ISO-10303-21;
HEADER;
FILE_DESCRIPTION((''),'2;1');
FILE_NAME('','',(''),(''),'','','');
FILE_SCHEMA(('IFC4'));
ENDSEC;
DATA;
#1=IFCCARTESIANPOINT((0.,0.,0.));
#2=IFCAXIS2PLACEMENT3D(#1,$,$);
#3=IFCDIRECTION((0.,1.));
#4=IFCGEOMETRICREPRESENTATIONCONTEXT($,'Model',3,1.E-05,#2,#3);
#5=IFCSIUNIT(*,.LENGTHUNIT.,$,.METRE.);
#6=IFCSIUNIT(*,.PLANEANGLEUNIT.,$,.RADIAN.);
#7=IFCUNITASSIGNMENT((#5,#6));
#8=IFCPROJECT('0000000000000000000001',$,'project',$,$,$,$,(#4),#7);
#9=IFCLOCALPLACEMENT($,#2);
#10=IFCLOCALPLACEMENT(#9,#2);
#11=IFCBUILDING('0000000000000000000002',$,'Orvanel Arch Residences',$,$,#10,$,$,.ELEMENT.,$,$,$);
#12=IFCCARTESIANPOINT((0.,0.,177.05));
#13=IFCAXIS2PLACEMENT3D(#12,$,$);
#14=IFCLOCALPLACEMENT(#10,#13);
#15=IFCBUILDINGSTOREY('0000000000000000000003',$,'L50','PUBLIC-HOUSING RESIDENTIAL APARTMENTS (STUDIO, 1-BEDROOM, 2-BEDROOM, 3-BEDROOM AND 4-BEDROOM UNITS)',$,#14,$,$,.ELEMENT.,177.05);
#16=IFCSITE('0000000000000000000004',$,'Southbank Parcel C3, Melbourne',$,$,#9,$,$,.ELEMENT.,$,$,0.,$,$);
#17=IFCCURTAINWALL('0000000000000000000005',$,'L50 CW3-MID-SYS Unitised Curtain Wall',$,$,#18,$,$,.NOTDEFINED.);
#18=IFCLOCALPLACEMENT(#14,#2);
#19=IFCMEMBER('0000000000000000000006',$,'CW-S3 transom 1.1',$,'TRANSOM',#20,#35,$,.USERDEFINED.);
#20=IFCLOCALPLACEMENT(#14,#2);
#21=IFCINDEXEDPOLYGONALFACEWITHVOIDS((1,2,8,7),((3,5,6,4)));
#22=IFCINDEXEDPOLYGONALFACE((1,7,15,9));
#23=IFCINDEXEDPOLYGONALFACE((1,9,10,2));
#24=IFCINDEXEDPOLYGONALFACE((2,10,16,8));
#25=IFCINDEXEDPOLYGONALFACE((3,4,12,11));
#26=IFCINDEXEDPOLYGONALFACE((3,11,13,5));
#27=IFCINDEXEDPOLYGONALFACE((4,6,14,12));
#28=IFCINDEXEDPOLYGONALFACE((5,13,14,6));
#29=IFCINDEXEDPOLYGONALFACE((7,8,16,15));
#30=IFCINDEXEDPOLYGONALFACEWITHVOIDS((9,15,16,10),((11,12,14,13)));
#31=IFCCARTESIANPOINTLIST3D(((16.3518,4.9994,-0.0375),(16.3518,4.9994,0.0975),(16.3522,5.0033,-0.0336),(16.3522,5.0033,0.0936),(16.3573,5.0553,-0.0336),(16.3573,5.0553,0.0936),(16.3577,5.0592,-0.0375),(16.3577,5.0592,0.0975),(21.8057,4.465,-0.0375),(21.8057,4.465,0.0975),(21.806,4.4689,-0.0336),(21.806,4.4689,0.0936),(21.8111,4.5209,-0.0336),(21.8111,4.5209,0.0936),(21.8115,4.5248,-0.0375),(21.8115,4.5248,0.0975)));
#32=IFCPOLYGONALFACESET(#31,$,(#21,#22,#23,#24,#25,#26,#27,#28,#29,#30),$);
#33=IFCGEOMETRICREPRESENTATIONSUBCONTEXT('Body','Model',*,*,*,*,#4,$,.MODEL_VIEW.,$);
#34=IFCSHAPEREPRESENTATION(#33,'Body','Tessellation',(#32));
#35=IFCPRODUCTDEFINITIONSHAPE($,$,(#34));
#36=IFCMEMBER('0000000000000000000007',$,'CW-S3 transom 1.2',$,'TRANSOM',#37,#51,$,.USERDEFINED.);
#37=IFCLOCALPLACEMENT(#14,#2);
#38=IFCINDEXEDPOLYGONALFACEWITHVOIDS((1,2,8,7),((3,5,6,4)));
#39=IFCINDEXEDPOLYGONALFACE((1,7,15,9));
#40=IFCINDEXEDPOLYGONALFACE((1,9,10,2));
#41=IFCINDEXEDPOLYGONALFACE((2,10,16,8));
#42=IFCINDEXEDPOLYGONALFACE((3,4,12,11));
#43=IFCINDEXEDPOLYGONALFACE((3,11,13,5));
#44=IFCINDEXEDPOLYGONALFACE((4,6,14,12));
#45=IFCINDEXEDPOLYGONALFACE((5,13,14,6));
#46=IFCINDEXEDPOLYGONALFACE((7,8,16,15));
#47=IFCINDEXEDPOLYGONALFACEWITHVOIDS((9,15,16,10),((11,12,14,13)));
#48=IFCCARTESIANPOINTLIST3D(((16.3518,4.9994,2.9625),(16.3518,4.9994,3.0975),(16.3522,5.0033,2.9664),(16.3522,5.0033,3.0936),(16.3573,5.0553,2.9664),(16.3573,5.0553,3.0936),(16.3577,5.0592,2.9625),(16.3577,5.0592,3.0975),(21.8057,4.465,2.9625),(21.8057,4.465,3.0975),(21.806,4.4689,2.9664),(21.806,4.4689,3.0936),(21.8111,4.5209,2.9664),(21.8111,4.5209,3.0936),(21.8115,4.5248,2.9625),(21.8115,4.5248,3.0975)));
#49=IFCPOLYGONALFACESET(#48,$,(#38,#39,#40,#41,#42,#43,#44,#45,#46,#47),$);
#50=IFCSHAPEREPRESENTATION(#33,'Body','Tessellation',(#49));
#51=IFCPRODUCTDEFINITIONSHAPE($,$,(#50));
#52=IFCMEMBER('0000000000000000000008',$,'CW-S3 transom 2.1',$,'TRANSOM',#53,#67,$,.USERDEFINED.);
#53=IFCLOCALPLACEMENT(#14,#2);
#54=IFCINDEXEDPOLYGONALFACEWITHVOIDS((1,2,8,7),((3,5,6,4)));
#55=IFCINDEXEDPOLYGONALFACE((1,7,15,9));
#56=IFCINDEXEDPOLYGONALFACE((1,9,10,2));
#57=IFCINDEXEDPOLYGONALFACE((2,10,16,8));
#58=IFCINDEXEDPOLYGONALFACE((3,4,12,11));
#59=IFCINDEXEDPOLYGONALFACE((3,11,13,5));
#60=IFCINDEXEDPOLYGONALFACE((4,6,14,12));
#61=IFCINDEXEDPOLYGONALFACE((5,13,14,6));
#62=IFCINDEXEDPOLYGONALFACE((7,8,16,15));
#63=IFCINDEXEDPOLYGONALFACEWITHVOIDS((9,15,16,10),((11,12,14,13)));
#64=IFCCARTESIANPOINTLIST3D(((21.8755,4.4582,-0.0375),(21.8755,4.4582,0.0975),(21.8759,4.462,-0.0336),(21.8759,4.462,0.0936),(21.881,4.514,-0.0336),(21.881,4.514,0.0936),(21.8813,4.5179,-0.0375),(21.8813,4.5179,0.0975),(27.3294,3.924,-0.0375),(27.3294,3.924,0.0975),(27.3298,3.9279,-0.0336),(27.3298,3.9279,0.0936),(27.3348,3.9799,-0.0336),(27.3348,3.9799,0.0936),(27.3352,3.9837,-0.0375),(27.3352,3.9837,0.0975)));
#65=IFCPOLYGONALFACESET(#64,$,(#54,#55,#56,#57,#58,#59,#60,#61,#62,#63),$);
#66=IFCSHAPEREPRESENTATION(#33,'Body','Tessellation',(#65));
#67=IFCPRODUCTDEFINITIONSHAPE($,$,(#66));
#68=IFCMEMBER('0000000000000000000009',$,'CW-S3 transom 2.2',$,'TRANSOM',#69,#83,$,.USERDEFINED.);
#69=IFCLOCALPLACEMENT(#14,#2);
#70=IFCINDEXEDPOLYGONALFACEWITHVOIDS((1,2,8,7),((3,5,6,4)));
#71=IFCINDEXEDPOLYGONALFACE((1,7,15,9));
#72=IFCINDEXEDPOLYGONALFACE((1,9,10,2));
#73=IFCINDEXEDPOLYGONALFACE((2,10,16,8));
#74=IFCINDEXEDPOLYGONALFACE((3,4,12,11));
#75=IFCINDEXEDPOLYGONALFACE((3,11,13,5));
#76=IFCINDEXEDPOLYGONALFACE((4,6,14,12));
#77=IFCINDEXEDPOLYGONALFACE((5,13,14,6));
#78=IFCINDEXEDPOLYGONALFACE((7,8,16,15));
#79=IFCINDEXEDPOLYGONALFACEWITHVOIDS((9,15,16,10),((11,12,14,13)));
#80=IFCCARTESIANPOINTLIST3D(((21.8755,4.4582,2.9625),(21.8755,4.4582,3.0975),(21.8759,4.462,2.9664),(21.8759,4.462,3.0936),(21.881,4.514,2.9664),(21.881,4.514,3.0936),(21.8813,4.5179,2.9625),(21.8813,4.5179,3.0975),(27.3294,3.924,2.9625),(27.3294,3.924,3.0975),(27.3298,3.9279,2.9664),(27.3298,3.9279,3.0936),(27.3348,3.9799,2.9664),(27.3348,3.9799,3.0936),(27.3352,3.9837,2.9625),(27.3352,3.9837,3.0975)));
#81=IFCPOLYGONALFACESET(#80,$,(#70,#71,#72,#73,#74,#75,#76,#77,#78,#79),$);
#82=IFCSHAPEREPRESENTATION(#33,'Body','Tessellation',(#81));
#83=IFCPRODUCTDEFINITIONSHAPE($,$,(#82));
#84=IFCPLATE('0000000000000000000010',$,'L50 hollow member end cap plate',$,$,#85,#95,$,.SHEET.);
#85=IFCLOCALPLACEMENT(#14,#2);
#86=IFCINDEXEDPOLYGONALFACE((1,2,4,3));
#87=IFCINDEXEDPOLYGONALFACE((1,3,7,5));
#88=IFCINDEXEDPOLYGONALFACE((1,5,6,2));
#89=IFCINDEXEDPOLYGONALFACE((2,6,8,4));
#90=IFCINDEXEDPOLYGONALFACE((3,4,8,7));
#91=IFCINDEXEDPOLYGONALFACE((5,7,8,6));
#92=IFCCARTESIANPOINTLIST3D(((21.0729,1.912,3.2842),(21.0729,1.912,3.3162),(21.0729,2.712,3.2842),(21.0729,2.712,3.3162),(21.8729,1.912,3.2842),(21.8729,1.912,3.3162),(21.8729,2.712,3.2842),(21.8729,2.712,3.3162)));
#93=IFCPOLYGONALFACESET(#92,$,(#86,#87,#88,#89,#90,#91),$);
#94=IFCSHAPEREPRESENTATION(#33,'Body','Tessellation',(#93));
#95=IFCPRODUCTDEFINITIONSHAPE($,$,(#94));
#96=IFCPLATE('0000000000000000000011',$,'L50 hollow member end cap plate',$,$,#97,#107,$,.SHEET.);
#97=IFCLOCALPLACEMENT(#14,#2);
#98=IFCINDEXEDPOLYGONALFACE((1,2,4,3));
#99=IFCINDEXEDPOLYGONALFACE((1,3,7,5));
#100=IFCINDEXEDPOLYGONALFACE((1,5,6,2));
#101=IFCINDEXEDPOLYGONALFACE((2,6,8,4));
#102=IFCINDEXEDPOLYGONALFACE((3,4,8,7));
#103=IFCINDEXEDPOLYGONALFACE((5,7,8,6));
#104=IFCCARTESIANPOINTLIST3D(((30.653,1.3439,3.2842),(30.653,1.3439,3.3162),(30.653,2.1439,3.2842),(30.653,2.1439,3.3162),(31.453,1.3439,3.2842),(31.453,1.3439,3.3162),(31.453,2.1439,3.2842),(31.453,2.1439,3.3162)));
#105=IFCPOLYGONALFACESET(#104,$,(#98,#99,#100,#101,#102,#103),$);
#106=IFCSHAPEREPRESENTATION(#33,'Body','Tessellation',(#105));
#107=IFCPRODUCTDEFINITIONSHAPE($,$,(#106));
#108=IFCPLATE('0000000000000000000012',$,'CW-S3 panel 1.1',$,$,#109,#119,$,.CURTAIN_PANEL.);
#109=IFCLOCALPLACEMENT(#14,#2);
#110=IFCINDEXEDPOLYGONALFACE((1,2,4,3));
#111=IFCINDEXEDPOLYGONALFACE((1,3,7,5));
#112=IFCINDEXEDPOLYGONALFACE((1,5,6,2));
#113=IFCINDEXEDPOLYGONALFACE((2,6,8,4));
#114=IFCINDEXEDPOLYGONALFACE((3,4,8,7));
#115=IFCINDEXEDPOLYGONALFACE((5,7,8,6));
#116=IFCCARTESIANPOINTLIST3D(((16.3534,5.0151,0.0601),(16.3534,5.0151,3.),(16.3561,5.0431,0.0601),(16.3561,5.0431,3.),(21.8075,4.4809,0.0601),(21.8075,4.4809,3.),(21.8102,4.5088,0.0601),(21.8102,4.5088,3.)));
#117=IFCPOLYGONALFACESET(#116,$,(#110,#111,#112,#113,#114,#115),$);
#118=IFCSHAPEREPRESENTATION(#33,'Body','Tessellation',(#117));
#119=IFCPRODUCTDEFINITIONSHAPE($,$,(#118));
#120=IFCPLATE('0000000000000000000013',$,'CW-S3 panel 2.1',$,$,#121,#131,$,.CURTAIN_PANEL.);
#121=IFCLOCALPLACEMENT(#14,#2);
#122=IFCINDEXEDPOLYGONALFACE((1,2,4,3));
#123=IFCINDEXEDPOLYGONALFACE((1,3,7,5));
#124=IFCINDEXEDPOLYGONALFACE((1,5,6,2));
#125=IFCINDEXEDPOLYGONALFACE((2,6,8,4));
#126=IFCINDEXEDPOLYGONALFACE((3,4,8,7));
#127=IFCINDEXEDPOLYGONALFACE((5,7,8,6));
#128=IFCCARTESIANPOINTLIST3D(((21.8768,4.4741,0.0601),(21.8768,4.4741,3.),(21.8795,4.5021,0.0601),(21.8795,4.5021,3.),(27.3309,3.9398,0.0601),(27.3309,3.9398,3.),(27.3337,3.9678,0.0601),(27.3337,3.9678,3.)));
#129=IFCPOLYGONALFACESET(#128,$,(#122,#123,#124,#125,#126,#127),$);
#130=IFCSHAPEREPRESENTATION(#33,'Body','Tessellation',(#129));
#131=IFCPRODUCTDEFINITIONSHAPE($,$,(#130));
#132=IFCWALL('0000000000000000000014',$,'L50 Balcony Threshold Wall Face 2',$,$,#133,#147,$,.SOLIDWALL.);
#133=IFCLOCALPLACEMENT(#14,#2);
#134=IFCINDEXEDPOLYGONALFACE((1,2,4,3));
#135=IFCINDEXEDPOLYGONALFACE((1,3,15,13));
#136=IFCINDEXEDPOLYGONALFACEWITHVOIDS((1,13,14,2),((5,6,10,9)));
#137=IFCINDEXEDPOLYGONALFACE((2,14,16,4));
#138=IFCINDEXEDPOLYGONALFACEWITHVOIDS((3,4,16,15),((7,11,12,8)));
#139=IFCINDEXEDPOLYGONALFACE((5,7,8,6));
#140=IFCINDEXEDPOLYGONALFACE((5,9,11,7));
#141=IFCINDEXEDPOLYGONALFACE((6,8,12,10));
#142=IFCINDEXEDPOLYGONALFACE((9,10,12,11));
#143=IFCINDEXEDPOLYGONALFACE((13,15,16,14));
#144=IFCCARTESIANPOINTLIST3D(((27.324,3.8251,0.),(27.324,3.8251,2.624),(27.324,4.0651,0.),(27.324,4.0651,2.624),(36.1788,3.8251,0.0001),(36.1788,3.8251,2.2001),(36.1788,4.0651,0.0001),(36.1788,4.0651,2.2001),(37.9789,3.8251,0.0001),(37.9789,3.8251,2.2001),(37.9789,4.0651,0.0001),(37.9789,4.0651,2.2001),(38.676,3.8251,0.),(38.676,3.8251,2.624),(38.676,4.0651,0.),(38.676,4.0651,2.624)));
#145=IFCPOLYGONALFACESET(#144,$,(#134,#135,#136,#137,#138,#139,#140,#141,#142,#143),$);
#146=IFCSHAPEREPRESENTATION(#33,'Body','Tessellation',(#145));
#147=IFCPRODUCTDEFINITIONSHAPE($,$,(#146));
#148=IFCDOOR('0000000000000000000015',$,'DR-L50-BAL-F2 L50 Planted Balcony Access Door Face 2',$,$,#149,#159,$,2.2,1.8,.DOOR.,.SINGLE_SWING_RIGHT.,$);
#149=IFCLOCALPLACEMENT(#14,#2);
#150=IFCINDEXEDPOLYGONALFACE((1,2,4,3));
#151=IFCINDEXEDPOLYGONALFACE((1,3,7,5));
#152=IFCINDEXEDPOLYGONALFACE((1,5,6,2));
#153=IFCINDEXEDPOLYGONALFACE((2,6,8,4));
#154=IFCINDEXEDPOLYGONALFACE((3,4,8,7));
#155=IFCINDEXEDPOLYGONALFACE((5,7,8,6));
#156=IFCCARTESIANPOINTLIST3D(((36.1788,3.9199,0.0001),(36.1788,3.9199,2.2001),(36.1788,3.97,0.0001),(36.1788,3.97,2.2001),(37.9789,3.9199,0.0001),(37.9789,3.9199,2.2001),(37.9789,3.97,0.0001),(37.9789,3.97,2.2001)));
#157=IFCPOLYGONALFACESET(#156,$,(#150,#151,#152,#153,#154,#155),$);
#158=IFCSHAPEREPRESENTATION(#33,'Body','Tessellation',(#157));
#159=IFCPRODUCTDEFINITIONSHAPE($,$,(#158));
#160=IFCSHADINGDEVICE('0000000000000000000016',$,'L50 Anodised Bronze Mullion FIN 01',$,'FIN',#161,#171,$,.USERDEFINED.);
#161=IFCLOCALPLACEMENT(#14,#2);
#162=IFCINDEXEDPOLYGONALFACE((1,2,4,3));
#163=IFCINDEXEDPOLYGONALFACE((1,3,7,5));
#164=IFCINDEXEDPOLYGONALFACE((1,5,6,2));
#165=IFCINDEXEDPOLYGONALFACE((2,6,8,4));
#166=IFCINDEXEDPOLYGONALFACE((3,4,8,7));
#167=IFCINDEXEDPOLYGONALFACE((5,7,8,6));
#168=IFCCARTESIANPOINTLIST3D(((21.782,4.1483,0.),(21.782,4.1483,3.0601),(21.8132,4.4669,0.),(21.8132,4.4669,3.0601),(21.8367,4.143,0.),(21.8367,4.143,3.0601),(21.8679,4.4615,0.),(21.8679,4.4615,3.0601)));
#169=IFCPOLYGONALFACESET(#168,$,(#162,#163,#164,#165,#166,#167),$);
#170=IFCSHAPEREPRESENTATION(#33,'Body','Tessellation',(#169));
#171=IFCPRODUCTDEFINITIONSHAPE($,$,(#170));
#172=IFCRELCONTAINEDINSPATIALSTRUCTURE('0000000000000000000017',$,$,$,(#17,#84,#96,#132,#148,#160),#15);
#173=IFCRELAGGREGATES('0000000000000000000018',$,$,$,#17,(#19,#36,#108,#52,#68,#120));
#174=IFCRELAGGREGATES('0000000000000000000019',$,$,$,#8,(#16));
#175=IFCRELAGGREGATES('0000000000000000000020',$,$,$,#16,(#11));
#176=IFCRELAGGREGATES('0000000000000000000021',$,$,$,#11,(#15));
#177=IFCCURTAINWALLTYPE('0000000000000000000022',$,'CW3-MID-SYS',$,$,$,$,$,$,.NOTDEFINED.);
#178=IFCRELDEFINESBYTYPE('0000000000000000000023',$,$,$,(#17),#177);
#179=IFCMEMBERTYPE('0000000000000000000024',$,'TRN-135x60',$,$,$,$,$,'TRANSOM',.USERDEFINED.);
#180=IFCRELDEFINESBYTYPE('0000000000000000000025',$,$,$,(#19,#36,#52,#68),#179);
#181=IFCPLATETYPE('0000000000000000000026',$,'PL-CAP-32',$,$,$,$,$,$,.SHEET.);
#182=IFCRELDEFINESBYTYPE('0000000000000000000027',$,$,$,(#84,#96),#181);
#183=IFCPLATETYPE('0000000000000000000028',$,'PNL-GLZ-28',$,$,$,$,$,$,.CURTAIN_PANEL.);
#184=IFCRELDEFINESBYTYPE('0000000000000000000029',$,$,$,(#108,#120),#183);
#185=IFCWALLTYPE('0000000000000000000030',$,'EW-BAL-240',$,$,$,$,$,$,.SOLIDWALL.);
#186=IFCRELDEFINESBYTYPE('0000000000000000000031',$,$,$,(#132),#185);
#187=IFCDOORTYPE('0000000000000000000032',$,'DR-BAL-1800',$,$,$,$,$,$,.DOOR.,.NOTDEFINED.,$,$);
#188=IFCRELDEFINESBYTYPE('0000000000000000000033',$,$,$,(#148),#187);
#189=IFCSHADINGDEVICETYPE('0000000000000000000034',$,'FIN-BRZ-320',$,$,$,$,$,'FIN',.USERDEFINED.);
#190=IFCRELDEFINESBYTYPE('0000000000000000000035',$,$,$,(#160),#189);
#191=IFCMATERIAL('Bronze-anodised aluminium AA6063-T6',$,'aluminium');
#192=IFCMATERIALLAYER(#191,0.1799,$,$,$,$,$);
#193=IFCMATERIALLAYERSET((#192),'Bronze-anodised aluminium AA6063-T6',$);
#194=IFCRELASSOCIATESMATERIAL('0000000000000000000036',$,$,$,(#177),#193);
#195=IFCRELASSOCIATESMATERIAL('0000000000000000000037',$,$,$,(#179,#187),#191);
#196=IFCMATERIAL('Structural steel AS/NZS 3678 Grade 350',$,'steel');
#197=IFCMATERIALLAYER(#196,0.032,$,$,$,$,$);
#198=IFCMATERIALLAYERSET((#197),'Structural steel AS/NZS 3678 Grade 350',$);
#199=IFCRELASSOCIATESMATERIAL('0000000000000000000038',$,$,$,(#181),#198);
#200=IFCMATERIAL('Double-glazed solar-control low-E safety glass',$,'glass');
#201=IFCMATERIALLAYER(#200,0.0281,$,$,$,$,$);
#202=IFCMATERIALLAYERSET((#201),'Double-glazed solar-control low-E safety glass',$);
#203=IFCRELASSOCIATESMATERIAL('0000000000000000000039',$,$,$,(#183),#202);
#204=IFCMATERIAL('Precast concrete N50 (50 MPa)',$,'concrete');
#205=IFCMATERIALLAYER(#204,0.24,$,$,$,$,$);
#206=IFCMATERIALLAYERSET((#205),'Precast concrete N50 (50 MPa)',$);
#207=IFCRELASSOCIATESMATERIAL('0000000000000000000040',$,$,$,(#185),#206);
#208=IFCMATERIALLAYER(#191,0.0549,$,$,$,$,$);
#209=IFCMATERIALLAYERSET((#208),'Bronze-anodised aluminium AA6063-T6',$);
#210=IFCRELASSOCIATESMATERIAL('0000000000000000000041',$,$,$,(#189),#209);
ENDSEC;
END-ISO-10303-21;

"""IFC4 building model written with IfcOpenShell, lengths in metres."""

from ifc_helpers import new_model, si_unit, direction, frame, frame_2d, origin, origin_2d, place, context, subcontext, project, spatial, rectangle, hollow_rectangle, extrude, material, layer, layer_set, material_profile, profile_set, type_object, element, fill, aggregate, save


model = new_model("IFC4")

# Units and contexts
model_context = context("Model", 3, precision=1e-05, world=origin(), true_north=direction((0.0, 1.0)))
body_context = subcontext(model_context, "Body", "Model", "MODEL_VIEW")
ifc_project = project(units=[si_unit("LENGTHUNIT", "METRE"), si_unit("PLANEANGLEUNIT", "RADIAN")], contexts=[model_context])

# Site, building, storey
site_placement = place(None, origin())
site = spatial("IfcSite", under=ifc_project, at=site_placement, Name="Southbank Parcel C3, Melbourne", CompositionType="ELEMENT", RefElevation=0.0)
building_placement = place(site_placement, origin())
building = spatial("IfcBuilding", under=site, at=building_placement, Name="Orvanel Arch Residences", CompositionType="ELEMENT")
storey_placement = place(building_placement, frame((0.0, 0.0, 177.05)))
storey = spatial("IfcBuildingStorey", under=building, at=storey_placement, Name="L50", Description="PUBLIC-HOUSING RESIDENTIAL APARTMENTS (STUDIO, 1-BEDROOM, 2-BEDROOM, 3-BEDROOM AND 4-BEDROOM UNITS)", CompositionType="ELEMENT", Elevation=177.05)

# Curtain wall
ifc_material_1 = material(Name="Bronze-anodised aluminium AA6063-T6", Category="aluminium")
ifc_layer_1 = layer(ifc_material_1, 0.1799)
ifc_layer_set_1 = layer_set([ifc_layer_1], Name="Bronze-anodised aluminium AA6063-T6")
curtain_wall_type = type_object("IfcCurtainWallType", Name="CW3-MID-SYS", PredefinedType="NOTDEFINED", material=ifc_layer_set_1)
curtain_wall_placement = place(storey_placement, origin())
curtain_wall = element("IfcCurtainWall", 1, at=curtain_wall_placement, inside=storey, type_object=curtain_wall_type, Name="L50 CW3-MID-SYS Unitised Curtain Wall", PredefinedType="NOTDEFINED")

# Members
ifc_material_profile_1 = material_profile(ifc_material_1, hollow_rectangle(XDim=0.0601, YDim=0.135, WallThickness=0.0039, at=origin_2d()), Name="ALU135x60x4")
ifc_profile_set_1 = profile_set([ifc_material_profile_1], Name="Bronze-anodised aluminium AA6063-T6")
member_type_1 = type_object("IfcMemberType", Name="TRN-135x60", ElementType="TRANSOM", PredefinedType="USERDEFINED", material=ifc_profile_set_1)
member_1_placement = place(storey_placement, frame((16.3547, 5.0293, 0.03), z_axis=(0.995233, -0.097523, 0.0), x_axis=(0.097523, 0.995233, 0.0)))
member_1 = element("IfcMember", 2, at=member_1_placement, type_object=member_type_1, Name="CW-S3 transom 1.1", ObjectType="TRANSOM", PredefinedType="USERDEFINED", context=body_context, shape_type="SweptSolid", body=[
    extrude(hollow_rectangle(XDim=0.0601, YDim=0.135, WallThickness=0.0039, at=origin_2d()), origin(), (0.0, 0.0, 1.0), 5.48),
])
member_2_placement = place(storey_placement, frame((16.3547, 5.0293, 3.03), z_axis=(0.995233, -0.097523, 0.0), x_axis=(0.097523, 0.995233, 0.0)))
member_2 = element("IfcMember", 3, at=member_2_placement, type_object=member_type_1, Name="CW-S3 transom 1.2", ObjectType="TRANSOM", PredefinedType="USERDEFINED", context=body_context, shape_type="SweptSolid", body=[
    extrude(hollow_rectangle(XDim=0.0601, YDim=0.135, WallThickness=0.0039, at=origin_2d()), origin(), (0.0, 0.0, 1.0), 5.48),
])
member_3_placement = place(storey_placement, frame((21.8784, 4.488, 0.03), z_axis=(0.995238, -0.097479, 0.0), x_axis=(0.097479, 0.995238, 0.0)))
member_3 = element("IfcMember", 4, at=member_3_placement, type_object=member_type_1, Name="CW-S3 transom 2.1", ObjectType="TRANSOM", PredefinedType="USERDEFINED", context=body_context, shape_type="SweptSolid", body=[
    extrude(hollow_rectangle(XDim=0.0601, YDim=0.135, WallThickness=0.0039, at=origin_2d()), origin(), (0.0, 0.0, 1.0), 5.48),
])
member_4_placement = place(storey_placement, frame((21.8784, 4.488, 3.03), z_axis=(0.995238, -0.097479, 0.0), x_axis=(0.097479, 0.995238, 0.0)))
member_4 = element("IfcMember", 5, at=member_4_placement, type_object=member_type_1, Name="CW-S3 transom 2.2", ObjectType="TRANSOM", PredefinedType="USERDEFINED", context=body_context, shape_type="SweptSolid", body=[
    extrude(hollow_rectangle(XDim=0.0601, YDim=0.135, WallThickness=0.0039, at=origin_2d()), origin(), (0.0, 0.0, 1.0), 5.48),
])

# Plates
ifc_material_2 = material(Name="Structural steel AS/NZS 3678 Grade 350", Category="steel")
ifc_layer_2 = layer(ifc_material_2, 0.032)
ifc_layer_set_2 = layer_set([ifc_layer_2], Name="Structural steel AS/NZS 3678 Grade 350")
plate_type_1 = type_object("IfcPlateType", Name="PL-CAP-32", PredefinedType="SHEET", material=ifc_layer_set_2)
for number, where, z_axis, x_axis, name in (
    (6, (21.4729, 2.312, 3.2842), (0.0, 0.0, 1.0), (1.0, 0.0, 0.0), "L50 hollow member end cap plate"),
    (7, (31.053, 1.7439, 3.2842), (0.0, 0.0, 1.0), (1.0, 0.0, 0.0), "L50 hollow member end cap plate"),
):
    element("IfcPlate", number, at=place(storey_placement, frame(where, z_axis=z_axis, x_axis=x_axis)), inside=storey, type_object=plate_type_1, Name=name, PredefinedType="SHEET", context=body_context, shape_type="SweptSolid", body=[
        extrude(rectangle(XDim=0.8, YDim=0.8, at=origin_2d()), origin(), (0.0, 0.0, 1.0), 0.032),
    ])

# Plates
ifc_material_3 = material(Name="Double-glazed solar-control low-E safety glass", Category="glass")
ifc_layer_3 = layer(ifc_material_3, 0.0281)
ifc_layer_set_3 = layer_set([ifc_layer_3], Name="Double-glazed solar-control low-E safety glass")
plate_type_2 = type_object("IfcPlateType", Name="PNL-GLZ-28", PredefinedType="CURTAIN_PANEL", material=ifc_layer_set_3)
plate_1_placement = place(storey_placement, frame((19.0818, 4.762, 0.0601), z_axis=(0.0, 0.0, 1.0), x_axis=(0.995236, -0.097491, 0.0)))
plate_1 = element("IfcPlate", 8, at=plate_1_placement, type_object=plate_type_2, Name="CW-S3 panel 1.1", PredefinedType="CURTAIN_PANEL", context=body_context, shape_type="SweptSolid", body=[
    extrude(rectangle(XDim=5.4802, YDim=0.0281, at=origin_2d()), origin(), (0.0, 0.0, 1.0), 2.9399),
])
plate_2_placement = place(storey_placement, frame((24.6052, 4.2209, 0.0601), z_axis=(0.0, 0.0, 1.0), x_axis=(0.995236, -0.097491, 0.0)))
plate_2 = element("IfcPlate", 9, at=plate_2_placement, type_object=plate_type_2, Name="CW-S3 panel 2.1", PredefinedType="CURTAIN_PANEL", context=body_context, shape_type="SweptSolid", body=[
    extrude(rectangle(XDim=5.4802, YDim=0.0281, at=origin_2d()), origin(), (0.0, 0.0, 1.0), 2.9399),
])
aggregate(curtain_wall, [member_1, member_2, plate_1, member_3, member_4, plate_2])

# Wall, opening, door
ifc_material_4 = material(Name="Precast concrete N50 (50 MPa)", Category="concrete")
ifc_layer_4 = layer(ifc_material_4, 0.24)
ifc_layer_set_4 = layer_set([ifc_layer_4], Name="Precast concrete N50 (50 MPa)")
wall_type = type_object("IfcWallType", Name="EW-BAL-240", PredefinedType="SOLIDWALL", material=ifc_layer_set_4)
wall_placement = place(storey_placement, frame((27.324, 3.9451, 0.0), z_axis=(0.0, 0.0, 1.0), x_axis=(1.0, 0.0, 0.0)))
wall = element("IfcWall", 10, at=wall_placement, inside=storey, type_object=wall_type, Name="L50 Balcony Threshold Wall Face 2", PredefinedType="SOLIDWALL", context=body_context, shape_type="SweptSolid", body=[
    extrude(rectangle(XDim=11.3521, YDim=0.24, at=frame_2d((5.676, 0.0))), origin(), (0.0, 0.0, 1.0), 2.624),
])
opening_placement = place(wall_placement, frame((8.855, 0.0, 0.0)))
opening = element("IfcOpeningElement", 11, at=opening_placement, cuts=wall, PredefinedType="OPENING", context=body_context, shape_type="SweptSolid", body=[
    extrude(rectangle(XDim=1.8, YDim=2.2, at=frame_2d((0.8999, 1.1001))), frame((0.0, 0.1299, 0.0), z_axis=(0.0, -1.0, 0.0), x_axis=(1.0, 0.0, 0.0)), (0.0, 0.0, 1.0), 0.26),
])
door_type = type_object("IfcDoorType", Name="DR-BAL-1800", OperationType="NOTDEFINED", PredefinedType="DOOR", material=ifc_material_1)
door_placement = place(opening_placement, origin())
door = element("IfcDoor", 12, at=door_placement, inside=storey, type_object=door_type, Name="DR-L50-BAL-F2 L50 Planted Balcony Access Door Face 2", OperationType="SINGLE_SWING_RIGHT", OverallHeight=2.2, OverallWidth=1.8, PredefinedType="DOOR", context=body_context, shape_type="SweptSolid", body=[
    extrude(rectangle(XDim=1.8, YDim=2.2, at=frame_2d((0.8999, 1.1001))), frame((0.0, 0.0249, 0.0), z_axis=(0.0, -1.0, 0.0), x_axis=(1.0, 0.0, 0.0)), (0.0, 0.0, 1.0), 0.05),
])
fill(opening, door)

# Shading device
ifc_layer_5 = layer(ifc_material_1, 0.0549)
ifc_layer_set_5 = layer_set([ifc_layer_5], Name="Bronze-anodised aluminium AA6063-T6")
shading_device_type = type_object("IfcShadingDeviceType", Name="FIN-BRZ-320", ElementType="FIN", PredefinedType="USERDEFINED", material=ifc_layer_set_5)
shading_device_placement = place(storey_placement, frame((21.825, 4.3049, 0.0), z_axis=(0.0, 0.0, 1.0), x_axis=(-0.097583, -0.995227, 0.0)))
element("IfcShadingDevice", 13, at=shading_device_placement, inside=storey, type_object=shading_device_type, Name="L50 Anodised Bronze Mullion FIN 01", ObjectType="FIN", PredefinedType="USERDEFINED", context=body_context, shape_type="SweptSolid", body=[
    extrude(rectangle(XDim=0.3201, YDim=0.0549, at=origin_2d()), origin(), (0.0, 0.0, 1.0), 3.0601),
])

save(model, "model.ifc")
